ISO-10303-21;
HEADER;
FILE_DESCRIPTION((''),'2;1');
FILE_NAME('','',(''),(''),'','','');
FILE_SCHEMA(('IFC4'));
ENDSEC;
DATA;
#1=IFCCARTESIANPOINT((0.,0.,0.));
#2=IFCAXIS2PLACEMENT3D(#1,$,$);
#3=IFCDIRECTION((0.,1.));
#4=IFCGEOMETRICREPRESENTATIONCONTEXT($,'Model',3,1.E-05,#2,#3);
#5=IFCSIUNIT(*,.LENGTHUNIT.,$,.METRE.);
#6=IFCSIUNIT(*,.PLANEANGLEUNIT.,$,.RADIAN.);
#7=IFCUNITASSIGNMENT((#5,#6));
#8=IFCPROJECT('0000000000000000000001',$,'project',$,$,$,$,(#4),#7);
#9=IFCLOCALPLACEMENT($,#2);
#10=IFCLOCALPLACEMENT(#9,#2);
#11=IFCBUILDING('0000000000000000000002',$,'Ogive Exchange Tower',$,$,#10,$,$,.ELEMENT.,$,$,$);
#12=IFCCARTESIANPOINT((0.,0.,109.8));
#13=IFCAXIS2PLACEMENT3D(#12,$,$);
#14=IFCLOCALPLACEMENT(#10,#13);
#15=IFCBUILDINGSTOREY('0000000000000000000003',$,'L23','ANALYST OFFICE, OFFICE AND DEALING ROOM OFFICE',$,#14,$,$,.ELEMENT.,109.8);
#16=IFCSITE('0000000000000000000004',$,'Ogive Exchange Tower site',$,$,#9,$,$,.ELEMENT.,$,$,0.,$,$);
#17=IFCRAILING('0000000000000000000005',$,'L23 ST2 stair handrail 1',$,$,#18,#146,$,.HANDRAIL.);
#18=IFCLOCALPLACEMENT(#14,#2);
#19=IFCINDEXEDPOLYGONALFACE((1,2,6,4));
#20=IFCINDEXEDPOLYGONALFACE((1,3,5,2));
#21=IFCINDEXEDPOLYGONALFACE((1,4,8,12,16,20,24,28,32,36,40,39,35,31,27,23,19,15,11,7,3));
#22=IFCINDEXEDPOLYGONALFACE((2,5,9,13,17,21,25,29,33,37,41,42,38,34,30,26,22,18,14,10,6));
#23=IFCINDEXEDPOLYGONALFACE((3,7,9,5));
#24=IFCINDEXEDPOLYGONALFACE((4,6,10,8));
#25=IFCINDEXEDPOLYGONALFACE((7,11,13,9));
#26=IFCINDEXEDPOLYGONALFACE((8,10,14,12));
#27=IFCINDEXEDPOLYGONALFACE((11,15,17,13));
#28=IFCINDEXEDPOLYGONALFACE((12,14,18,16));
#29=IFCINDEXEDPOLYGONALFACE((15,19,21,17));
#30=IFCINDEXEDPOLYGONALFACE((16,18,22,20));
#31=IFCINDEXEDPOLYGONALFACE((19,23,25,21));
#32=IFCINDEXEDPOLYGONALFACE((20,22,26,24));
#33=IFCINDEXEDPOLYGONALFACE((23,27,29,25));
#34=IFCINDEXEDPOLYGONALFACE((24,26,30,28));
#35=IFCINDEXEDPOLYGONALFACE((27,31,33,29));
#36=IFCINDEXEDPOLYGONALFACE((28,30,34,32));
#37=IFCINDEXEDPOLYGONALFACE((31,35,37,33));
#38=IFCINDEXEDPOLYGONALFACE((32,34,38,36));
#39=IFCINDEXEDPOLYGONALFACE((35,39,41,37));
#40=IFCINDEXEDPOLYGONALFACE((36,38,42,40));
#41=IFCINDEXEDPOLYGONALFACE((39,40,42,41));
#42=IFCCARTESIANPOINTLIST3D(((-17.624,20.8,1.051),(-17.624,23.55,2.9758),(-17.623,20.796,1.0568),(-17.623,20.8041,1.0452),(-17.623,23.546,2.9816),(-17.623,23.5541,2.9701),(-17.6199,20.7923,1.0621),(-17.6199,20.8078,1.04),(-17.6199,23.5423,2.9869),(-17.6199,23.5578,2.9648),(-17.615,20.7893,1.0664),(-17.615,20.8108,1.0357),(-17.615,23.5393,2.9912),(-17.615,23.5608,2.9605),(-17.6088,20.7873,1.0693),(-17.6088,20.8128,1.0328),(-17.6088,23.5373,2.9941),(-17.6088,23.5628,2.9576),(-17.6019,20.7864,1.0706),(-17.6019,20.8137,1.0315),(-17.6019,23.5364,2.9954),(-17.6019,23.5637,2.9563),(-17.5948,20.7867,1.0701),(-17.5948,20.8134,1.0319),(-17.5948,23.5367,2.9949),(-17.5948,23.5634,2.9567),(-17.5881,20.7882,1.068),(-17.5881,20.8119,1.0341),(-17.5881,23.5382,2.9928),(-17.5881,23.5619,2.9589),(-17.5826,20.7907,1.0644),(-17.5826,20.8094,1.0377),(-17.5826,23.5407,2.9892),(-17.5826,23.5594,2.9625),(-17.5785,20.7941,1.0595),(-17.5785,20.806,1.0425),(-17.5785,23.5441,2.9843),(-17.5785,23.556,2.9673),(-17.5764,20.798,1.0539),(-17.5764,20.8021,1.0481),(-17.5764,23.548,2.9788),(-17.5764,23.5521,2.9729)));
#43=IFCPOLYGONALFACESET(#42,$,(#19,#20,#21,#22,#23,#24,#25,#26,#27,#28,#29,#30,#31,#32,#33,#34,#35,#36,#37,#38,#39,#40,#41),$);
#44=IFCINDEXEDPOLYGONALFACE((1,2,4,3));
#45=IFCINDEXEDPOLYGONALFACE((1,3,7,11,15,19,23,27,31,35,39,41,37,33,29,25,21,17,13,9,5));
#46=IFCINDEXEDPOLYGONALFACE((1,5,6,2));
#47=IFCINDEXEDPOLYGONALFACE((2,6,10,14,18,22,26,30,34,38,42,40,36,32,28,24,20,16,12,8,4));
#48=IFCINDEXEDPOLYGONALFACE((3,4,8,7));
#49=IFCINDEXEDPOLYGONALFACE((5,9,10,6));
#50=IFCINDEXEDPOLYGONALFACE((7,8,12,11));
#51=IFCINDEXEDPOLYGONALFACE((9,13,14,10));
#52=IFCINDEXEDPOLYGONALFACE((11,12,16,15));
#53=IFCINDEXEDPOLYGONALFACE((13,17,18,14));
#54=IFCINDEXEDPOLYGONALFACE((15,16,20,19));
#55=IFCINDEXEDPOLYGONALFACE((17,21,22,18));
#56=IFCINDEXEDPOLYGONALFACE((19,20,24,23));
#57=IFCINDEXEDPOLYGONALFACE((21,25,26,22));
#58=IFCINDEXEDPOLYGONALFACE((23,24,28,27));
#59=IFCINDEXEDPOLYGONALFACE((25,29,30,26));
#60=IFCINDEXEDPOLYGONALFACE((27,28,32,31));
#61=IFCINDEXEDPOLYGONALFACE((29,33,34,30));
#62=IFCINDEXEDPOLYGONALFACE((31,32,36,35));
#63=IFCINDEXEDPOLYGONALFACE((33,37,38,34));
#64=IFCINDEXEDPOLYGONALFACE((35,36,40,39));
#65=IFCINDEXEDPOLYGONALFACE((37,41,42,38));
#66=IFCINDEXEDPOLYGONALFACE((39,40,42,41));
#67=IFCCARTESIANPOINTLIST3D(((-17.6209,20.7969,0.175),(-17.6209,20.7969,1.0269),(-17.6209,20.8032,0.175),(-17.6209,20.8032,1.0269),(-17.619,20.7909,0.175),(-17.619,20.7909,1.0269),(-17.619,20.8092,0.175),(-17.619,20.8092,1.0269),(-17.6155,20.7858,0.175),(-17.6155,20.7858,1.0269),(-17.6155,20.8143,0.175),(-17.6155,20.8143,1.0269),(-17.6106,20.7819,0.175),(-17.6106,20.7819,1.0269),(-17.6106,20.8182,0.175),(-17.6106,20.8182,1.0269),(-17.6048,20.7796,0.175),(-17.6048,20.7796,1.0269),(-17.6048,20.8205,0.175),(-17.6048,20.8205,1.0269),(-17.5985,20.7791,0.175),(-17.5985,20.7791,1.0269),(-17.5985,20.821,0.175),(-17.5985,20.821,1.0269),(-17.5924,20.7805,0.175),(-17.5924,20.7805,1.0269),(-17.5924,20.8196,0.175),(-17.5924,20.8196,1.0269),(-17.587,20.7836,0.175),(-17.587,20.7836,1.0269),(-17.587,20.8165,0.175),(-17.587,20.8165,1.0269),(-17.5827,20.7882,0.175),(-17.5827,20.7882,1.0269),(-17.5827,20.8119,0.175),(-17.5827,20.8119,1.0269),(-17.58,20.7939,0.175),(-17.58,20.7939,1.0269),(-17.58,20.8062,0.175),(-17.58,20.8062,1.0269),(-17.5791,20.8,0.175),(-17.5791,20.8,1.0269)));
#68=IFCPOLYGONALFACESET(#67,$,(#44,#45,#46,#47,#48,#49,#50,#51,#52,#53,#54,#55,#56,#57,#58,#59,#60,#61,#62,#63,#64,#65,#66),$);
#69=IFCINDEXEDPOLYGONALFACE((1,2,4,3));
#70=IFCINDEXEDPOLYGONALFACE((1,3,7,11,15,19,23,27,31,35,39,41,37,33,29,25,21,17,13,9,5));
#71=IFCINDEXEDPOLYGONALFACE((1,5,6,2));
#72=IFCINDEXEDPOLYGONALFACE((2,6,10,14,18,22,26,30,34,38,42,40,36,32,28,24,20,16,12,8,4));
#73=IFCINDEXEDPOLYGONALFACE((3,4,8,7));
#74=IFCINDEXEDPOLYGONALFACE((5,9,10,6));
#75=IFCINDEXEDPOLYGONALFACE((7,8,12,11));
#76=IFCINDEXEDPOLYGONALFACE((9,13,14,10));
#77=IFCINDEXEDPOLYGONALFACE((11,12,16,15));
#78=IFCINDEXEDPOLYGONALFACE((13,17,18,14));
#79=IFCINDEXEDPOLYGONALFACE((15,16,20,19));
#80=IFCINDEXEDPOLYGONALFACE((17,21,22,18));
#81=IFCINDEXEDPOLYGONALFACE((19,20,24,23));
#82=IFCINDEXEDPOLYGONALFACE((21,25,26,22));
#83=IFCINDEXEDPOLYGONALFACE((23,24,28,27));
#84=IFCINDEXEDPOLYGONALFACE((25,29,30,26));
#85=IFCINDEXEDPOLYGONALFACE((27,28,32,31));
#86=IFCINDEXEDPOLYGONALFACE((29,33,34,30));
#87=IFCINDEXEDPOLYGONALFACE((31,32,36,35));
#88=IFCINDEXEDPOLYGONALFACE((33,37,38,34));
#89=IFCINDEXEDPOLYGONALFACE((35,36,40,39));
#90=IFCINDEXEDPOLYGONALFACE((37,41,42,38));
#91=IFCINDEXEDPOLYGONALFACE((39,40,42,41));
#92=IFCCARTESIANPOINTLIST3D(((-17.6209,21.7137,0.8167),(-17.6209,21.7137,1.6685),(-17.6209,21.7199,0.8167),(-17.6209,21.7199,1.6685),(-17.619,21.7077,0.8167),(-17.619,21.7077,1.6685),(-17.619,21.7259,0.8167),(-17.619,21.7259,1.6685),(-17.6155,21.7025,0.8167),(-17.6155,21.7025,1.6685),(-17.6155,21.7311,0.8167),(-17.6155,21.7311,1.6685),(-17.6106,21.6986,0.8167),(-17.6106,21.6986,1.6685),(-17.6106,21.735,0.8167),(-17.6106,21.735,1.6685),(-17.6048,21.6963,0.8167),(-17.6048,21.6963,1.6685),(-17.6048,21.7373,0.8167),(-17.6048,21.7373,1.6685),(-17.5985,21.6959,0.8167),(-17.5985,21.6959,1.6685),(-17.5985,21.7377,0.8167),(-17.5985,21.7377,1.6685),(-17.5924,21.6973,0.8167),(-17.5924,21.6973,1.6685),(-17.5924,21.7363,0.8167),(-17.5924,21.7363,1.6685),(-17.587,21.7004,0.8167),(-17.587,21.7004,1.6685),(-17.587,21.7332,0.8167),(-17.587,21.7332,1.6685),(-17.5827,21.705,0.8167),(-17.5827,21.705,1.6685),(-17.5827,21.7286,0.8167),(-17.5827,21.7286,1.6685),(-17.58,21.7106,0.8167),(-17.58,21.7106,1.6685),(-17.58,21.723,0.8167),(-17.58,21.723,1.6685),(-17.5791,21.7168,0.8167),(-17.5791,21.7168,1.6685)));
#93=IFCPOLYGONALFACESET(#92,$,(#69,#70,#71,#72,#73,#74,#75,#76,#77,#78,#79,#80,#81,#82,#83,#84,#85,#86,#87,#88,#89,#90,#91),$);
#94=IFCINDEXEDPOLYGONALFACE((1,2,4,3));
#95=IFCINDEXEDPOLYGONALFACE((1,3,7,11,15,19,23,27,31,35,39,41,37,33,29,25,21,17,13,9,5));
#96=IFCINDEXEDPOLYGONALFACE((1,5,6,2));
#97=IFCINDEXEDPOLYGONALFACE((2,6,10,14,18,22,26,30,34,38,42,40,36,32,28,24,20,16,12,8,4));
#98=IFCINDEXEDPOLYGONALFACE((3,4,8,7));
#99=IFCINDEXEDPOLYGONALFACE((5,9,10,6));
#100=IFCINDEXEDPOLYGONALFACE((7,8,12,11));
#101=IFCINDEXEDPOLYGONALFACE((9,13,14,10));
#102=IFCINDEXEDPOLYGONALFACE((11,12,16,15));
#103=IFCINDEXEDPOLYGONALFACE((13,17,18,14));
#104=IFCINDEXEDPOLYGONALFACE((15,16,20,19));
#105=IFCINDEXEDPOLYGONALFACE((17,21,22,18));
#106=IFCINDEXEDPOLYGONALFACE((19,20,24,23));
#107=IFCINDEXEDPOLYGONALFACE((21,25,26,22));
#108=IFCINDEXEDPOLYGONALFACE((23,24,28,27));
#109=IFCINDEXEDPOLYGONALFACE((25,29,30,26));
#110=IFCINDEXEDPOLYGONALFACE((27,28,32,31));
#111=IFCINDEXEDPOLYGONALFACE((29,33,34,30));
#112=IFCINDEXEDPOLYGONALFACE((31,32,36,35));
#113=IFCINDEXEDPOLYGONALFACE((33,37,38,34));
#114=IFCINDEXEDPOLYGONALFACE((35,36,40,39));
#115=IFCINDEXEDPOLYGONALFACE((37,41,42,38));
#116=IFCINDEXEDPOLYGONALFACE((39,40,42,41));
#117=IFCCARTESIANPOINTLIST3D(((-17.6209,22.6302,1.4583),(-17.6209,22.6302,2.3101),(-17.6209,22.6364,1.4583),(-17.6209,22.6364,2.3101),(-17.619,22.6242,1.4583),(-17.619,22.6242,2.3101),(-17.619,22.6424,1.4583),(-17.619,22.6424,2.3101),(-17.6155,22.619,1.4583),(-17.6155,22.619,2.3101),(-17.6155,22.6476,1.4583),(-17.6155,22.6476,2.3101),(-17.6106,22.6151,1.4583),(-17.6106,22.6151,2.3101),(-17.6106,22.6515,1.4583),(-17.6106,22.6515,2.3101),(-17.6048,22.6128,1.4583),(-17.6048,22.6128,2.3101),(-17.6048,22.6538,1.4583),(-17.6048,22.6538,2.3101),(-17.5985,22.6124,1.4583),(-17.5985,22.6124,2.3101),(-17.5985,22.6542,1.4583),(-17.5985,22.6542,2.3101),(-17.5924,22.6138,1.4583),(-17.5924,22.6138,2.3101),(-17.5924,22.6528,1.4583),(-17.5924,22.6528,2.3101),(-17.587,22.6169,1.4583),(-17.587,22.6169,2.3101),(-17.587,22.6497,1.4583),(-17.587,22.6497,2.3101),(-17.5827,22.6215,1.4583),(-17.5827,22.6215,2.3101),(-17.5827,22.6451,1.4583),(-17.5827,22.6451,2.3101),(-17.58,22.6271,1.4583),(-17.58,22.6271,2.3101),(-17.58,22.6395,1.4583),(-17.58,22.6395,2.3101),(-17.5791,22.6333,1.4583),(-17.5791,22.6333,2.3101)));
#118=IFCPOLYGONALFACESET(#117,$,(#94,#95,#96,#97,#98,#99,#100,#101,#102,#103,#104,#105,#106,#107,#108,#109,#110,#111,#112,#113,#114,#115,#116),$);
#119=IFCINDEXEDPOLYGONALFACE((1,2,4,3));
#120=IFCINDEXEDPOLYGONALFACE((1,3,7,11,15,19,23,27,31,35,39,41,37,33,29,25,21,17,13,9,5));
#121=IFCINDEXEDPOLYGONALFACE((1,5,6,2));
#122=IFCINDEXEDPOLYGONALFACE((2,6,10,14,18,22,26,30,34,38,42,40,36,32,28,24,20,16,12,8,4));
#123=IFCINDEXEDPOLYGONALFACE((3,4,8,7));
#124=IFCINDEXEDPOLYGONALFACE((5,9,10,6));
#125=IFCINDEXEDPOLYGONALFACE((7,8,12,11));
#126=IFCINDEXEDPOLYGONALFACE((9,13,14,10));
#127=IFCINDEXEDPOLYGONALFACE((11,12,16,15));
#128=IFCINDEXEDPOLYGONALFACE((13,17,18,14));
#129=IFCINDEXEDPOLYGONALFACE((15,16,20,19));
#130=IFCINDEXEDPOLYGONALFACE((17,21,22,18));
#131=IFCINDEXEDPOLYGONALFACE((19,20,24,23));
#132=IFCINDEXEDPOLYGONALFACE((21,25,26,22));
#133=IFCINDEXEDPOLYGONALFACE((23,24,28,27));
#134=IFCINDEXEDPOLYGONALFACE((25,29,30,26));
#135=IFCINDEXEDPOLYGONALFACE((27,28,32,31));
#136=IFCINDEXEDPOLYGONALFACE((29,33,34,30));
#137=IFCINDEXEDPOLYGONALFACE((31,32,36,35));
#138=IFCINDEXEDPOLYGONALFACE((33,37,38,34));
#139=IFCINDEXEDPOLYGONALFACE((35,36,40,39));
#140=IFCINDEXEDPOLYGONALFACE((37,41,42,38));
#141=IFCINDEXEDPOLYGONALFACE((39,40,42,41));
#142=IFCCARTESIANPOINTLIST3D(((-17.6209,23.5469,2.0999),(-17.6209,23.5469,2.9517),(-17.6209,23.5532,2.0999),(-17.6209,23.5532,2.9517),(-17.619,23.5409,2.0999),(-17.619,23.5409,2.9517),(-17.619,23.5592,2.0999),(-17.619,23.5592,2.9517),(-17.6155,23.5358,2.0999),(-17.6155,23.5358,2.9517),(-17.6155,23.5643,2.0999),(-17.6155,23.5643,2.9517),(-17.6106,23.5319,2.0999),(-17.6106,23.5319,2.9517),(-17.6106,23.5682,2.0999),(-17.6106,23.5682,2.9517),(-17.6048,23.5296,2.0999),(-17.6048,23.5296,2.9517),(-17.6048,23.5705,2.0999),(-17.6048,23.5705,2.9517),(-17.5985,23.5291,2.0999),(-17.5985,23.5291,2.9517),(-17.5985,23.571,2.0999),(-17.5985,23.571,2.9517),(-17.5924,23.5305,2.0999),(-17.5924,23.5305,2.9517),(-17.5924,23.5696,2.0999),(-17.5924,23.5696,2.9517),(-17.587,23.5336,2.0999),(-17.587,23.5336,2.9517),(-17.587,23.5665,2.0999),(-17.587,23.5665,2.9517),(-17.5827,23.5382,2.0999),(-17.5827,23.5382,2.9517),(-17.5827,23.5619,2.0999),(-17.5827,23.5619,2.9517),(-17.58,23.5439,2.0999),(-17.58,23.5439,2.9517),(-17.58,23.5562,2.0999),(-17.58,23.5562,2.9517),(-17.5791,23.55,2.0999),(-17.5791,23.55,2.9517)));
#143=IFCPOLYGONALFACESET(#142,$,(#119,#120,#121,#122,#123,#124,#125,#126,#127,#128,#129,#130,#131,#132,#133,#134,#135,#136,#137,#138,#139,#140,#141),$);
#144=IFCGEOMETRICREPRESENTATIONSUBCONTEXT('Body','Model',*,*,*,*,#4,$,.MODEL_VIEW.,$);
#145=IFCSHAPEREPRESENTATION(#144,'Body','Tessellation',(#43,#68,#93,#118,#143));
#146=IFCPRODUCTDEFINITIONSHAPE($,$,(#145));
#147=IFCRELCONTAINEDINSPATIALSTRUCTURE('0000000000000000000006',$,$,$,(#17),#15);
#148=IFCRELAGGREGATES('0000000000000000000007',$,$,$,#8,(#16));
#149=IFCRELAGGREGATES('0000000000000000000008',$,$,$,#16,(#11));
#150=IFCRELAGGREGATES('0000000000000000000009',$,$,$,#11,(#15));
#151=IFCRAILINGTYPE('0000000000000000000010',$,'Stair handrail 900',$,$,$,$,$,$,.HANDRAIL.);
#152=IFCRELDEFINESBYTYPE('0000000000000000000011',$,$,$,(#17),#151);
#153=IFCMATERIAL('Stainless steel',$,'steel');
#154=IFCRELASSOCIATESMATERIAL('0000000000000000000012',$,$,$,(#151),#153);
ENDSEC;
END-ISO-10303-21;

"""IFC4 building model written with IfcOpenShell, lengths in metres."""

from ifc_helpers import new_model, si_unit, direction, frame, origin, origin_2d, place, context, subcontext, project, spatial, circle, extrude, material, type_object, element, save


model = new_model("IFC4")

# Units and contexts
model_context = context("Model", 3, precision=1e-05, world=origin(), true_north=direction((0.0, 1.0)))
body_context = subcontext(model_context, "Body", "Model", "MODEL_VIEW")
ifc_project = project(units=[si_unit("LENGTHUNIT", "METRE"), si_unit("PLANEANGLEUNIT", "RADIAN")], contexts=[model_context])

# Site, building, storey
site_placement = place(None, origin())
site = spatial("IfcSite", under=ifc_project, at=site_placement, Name="Ogive Exchange Tower site", CompositionType="ELEMENT", RefElevation=0.0)
building_placement = place(site_placement, origin())
building = spatial("IfcBuilding", under=site, at=building_placement, Name="Ogive Exchange Tower", CompositionType="ELEMENT")
storey_placement = place(building_placement, frame((0.0, 0.0, 109.8)))
storey = spatial("IfcBuildingStorey", under=building, at=storey_placement, Name="L23", Description="ANALYST OFFICE, OFFICE AND DEALING ROOM OFFICE", CompositionType="ELEMENT", Elevation=109.8)

# Railing
ifc_material_1 = material(Name="Stainless steel", Category="steel")
railing_type = type_object("IfcRailingType", Name="Stair handrail 900", PredefinedType="HANDRAIL", material=ifc_material_1)
railing_placement = place(storey_placement, frame((-17.6001, 20.8, 0.175)))
element("IfcRailing", 1, at=railing_placement, inside=storey, type_object=railing_type, Name="L23 ST2 stair handrail 1", PredefinedType="HANDRAIL", context=body_context, shape_type="SweptSolid", body=[
    extrude(circle(Radius=0.0239, at=origin_2d()), frame((0.0, 0.0, 0.876), z_axis=(0.0, 0.819259, 0.573423), x_axis=(-1.0, 0.0, 0.0)), (0.0, 0.0, 1.0), 3.3567),
    extrude(circle(Radius=0.021, at=origin_2d()), origin(), (0.0, 0.0, 1.0), 0.8518),
    extrude(circle(Radius=0.021, at=origin_2d()), frame((0.0, 0.9167, 0.6416)), (0.0, 0.0, 1.0), 0.8518),
    extrude(circle(Radius=0.021, at=origin_2d()), frame((0.0, 1.8333, 1.2832)), (0.0, 0.0, 1.0), 0.8518),
    extrude(circle(Radius=0.021, at=origin_2d()), frame((0.0, 2.75, 1.9248)), (0.0, 0.0, 1.0), 0.8518),
])

save(model, "model.ifc")
